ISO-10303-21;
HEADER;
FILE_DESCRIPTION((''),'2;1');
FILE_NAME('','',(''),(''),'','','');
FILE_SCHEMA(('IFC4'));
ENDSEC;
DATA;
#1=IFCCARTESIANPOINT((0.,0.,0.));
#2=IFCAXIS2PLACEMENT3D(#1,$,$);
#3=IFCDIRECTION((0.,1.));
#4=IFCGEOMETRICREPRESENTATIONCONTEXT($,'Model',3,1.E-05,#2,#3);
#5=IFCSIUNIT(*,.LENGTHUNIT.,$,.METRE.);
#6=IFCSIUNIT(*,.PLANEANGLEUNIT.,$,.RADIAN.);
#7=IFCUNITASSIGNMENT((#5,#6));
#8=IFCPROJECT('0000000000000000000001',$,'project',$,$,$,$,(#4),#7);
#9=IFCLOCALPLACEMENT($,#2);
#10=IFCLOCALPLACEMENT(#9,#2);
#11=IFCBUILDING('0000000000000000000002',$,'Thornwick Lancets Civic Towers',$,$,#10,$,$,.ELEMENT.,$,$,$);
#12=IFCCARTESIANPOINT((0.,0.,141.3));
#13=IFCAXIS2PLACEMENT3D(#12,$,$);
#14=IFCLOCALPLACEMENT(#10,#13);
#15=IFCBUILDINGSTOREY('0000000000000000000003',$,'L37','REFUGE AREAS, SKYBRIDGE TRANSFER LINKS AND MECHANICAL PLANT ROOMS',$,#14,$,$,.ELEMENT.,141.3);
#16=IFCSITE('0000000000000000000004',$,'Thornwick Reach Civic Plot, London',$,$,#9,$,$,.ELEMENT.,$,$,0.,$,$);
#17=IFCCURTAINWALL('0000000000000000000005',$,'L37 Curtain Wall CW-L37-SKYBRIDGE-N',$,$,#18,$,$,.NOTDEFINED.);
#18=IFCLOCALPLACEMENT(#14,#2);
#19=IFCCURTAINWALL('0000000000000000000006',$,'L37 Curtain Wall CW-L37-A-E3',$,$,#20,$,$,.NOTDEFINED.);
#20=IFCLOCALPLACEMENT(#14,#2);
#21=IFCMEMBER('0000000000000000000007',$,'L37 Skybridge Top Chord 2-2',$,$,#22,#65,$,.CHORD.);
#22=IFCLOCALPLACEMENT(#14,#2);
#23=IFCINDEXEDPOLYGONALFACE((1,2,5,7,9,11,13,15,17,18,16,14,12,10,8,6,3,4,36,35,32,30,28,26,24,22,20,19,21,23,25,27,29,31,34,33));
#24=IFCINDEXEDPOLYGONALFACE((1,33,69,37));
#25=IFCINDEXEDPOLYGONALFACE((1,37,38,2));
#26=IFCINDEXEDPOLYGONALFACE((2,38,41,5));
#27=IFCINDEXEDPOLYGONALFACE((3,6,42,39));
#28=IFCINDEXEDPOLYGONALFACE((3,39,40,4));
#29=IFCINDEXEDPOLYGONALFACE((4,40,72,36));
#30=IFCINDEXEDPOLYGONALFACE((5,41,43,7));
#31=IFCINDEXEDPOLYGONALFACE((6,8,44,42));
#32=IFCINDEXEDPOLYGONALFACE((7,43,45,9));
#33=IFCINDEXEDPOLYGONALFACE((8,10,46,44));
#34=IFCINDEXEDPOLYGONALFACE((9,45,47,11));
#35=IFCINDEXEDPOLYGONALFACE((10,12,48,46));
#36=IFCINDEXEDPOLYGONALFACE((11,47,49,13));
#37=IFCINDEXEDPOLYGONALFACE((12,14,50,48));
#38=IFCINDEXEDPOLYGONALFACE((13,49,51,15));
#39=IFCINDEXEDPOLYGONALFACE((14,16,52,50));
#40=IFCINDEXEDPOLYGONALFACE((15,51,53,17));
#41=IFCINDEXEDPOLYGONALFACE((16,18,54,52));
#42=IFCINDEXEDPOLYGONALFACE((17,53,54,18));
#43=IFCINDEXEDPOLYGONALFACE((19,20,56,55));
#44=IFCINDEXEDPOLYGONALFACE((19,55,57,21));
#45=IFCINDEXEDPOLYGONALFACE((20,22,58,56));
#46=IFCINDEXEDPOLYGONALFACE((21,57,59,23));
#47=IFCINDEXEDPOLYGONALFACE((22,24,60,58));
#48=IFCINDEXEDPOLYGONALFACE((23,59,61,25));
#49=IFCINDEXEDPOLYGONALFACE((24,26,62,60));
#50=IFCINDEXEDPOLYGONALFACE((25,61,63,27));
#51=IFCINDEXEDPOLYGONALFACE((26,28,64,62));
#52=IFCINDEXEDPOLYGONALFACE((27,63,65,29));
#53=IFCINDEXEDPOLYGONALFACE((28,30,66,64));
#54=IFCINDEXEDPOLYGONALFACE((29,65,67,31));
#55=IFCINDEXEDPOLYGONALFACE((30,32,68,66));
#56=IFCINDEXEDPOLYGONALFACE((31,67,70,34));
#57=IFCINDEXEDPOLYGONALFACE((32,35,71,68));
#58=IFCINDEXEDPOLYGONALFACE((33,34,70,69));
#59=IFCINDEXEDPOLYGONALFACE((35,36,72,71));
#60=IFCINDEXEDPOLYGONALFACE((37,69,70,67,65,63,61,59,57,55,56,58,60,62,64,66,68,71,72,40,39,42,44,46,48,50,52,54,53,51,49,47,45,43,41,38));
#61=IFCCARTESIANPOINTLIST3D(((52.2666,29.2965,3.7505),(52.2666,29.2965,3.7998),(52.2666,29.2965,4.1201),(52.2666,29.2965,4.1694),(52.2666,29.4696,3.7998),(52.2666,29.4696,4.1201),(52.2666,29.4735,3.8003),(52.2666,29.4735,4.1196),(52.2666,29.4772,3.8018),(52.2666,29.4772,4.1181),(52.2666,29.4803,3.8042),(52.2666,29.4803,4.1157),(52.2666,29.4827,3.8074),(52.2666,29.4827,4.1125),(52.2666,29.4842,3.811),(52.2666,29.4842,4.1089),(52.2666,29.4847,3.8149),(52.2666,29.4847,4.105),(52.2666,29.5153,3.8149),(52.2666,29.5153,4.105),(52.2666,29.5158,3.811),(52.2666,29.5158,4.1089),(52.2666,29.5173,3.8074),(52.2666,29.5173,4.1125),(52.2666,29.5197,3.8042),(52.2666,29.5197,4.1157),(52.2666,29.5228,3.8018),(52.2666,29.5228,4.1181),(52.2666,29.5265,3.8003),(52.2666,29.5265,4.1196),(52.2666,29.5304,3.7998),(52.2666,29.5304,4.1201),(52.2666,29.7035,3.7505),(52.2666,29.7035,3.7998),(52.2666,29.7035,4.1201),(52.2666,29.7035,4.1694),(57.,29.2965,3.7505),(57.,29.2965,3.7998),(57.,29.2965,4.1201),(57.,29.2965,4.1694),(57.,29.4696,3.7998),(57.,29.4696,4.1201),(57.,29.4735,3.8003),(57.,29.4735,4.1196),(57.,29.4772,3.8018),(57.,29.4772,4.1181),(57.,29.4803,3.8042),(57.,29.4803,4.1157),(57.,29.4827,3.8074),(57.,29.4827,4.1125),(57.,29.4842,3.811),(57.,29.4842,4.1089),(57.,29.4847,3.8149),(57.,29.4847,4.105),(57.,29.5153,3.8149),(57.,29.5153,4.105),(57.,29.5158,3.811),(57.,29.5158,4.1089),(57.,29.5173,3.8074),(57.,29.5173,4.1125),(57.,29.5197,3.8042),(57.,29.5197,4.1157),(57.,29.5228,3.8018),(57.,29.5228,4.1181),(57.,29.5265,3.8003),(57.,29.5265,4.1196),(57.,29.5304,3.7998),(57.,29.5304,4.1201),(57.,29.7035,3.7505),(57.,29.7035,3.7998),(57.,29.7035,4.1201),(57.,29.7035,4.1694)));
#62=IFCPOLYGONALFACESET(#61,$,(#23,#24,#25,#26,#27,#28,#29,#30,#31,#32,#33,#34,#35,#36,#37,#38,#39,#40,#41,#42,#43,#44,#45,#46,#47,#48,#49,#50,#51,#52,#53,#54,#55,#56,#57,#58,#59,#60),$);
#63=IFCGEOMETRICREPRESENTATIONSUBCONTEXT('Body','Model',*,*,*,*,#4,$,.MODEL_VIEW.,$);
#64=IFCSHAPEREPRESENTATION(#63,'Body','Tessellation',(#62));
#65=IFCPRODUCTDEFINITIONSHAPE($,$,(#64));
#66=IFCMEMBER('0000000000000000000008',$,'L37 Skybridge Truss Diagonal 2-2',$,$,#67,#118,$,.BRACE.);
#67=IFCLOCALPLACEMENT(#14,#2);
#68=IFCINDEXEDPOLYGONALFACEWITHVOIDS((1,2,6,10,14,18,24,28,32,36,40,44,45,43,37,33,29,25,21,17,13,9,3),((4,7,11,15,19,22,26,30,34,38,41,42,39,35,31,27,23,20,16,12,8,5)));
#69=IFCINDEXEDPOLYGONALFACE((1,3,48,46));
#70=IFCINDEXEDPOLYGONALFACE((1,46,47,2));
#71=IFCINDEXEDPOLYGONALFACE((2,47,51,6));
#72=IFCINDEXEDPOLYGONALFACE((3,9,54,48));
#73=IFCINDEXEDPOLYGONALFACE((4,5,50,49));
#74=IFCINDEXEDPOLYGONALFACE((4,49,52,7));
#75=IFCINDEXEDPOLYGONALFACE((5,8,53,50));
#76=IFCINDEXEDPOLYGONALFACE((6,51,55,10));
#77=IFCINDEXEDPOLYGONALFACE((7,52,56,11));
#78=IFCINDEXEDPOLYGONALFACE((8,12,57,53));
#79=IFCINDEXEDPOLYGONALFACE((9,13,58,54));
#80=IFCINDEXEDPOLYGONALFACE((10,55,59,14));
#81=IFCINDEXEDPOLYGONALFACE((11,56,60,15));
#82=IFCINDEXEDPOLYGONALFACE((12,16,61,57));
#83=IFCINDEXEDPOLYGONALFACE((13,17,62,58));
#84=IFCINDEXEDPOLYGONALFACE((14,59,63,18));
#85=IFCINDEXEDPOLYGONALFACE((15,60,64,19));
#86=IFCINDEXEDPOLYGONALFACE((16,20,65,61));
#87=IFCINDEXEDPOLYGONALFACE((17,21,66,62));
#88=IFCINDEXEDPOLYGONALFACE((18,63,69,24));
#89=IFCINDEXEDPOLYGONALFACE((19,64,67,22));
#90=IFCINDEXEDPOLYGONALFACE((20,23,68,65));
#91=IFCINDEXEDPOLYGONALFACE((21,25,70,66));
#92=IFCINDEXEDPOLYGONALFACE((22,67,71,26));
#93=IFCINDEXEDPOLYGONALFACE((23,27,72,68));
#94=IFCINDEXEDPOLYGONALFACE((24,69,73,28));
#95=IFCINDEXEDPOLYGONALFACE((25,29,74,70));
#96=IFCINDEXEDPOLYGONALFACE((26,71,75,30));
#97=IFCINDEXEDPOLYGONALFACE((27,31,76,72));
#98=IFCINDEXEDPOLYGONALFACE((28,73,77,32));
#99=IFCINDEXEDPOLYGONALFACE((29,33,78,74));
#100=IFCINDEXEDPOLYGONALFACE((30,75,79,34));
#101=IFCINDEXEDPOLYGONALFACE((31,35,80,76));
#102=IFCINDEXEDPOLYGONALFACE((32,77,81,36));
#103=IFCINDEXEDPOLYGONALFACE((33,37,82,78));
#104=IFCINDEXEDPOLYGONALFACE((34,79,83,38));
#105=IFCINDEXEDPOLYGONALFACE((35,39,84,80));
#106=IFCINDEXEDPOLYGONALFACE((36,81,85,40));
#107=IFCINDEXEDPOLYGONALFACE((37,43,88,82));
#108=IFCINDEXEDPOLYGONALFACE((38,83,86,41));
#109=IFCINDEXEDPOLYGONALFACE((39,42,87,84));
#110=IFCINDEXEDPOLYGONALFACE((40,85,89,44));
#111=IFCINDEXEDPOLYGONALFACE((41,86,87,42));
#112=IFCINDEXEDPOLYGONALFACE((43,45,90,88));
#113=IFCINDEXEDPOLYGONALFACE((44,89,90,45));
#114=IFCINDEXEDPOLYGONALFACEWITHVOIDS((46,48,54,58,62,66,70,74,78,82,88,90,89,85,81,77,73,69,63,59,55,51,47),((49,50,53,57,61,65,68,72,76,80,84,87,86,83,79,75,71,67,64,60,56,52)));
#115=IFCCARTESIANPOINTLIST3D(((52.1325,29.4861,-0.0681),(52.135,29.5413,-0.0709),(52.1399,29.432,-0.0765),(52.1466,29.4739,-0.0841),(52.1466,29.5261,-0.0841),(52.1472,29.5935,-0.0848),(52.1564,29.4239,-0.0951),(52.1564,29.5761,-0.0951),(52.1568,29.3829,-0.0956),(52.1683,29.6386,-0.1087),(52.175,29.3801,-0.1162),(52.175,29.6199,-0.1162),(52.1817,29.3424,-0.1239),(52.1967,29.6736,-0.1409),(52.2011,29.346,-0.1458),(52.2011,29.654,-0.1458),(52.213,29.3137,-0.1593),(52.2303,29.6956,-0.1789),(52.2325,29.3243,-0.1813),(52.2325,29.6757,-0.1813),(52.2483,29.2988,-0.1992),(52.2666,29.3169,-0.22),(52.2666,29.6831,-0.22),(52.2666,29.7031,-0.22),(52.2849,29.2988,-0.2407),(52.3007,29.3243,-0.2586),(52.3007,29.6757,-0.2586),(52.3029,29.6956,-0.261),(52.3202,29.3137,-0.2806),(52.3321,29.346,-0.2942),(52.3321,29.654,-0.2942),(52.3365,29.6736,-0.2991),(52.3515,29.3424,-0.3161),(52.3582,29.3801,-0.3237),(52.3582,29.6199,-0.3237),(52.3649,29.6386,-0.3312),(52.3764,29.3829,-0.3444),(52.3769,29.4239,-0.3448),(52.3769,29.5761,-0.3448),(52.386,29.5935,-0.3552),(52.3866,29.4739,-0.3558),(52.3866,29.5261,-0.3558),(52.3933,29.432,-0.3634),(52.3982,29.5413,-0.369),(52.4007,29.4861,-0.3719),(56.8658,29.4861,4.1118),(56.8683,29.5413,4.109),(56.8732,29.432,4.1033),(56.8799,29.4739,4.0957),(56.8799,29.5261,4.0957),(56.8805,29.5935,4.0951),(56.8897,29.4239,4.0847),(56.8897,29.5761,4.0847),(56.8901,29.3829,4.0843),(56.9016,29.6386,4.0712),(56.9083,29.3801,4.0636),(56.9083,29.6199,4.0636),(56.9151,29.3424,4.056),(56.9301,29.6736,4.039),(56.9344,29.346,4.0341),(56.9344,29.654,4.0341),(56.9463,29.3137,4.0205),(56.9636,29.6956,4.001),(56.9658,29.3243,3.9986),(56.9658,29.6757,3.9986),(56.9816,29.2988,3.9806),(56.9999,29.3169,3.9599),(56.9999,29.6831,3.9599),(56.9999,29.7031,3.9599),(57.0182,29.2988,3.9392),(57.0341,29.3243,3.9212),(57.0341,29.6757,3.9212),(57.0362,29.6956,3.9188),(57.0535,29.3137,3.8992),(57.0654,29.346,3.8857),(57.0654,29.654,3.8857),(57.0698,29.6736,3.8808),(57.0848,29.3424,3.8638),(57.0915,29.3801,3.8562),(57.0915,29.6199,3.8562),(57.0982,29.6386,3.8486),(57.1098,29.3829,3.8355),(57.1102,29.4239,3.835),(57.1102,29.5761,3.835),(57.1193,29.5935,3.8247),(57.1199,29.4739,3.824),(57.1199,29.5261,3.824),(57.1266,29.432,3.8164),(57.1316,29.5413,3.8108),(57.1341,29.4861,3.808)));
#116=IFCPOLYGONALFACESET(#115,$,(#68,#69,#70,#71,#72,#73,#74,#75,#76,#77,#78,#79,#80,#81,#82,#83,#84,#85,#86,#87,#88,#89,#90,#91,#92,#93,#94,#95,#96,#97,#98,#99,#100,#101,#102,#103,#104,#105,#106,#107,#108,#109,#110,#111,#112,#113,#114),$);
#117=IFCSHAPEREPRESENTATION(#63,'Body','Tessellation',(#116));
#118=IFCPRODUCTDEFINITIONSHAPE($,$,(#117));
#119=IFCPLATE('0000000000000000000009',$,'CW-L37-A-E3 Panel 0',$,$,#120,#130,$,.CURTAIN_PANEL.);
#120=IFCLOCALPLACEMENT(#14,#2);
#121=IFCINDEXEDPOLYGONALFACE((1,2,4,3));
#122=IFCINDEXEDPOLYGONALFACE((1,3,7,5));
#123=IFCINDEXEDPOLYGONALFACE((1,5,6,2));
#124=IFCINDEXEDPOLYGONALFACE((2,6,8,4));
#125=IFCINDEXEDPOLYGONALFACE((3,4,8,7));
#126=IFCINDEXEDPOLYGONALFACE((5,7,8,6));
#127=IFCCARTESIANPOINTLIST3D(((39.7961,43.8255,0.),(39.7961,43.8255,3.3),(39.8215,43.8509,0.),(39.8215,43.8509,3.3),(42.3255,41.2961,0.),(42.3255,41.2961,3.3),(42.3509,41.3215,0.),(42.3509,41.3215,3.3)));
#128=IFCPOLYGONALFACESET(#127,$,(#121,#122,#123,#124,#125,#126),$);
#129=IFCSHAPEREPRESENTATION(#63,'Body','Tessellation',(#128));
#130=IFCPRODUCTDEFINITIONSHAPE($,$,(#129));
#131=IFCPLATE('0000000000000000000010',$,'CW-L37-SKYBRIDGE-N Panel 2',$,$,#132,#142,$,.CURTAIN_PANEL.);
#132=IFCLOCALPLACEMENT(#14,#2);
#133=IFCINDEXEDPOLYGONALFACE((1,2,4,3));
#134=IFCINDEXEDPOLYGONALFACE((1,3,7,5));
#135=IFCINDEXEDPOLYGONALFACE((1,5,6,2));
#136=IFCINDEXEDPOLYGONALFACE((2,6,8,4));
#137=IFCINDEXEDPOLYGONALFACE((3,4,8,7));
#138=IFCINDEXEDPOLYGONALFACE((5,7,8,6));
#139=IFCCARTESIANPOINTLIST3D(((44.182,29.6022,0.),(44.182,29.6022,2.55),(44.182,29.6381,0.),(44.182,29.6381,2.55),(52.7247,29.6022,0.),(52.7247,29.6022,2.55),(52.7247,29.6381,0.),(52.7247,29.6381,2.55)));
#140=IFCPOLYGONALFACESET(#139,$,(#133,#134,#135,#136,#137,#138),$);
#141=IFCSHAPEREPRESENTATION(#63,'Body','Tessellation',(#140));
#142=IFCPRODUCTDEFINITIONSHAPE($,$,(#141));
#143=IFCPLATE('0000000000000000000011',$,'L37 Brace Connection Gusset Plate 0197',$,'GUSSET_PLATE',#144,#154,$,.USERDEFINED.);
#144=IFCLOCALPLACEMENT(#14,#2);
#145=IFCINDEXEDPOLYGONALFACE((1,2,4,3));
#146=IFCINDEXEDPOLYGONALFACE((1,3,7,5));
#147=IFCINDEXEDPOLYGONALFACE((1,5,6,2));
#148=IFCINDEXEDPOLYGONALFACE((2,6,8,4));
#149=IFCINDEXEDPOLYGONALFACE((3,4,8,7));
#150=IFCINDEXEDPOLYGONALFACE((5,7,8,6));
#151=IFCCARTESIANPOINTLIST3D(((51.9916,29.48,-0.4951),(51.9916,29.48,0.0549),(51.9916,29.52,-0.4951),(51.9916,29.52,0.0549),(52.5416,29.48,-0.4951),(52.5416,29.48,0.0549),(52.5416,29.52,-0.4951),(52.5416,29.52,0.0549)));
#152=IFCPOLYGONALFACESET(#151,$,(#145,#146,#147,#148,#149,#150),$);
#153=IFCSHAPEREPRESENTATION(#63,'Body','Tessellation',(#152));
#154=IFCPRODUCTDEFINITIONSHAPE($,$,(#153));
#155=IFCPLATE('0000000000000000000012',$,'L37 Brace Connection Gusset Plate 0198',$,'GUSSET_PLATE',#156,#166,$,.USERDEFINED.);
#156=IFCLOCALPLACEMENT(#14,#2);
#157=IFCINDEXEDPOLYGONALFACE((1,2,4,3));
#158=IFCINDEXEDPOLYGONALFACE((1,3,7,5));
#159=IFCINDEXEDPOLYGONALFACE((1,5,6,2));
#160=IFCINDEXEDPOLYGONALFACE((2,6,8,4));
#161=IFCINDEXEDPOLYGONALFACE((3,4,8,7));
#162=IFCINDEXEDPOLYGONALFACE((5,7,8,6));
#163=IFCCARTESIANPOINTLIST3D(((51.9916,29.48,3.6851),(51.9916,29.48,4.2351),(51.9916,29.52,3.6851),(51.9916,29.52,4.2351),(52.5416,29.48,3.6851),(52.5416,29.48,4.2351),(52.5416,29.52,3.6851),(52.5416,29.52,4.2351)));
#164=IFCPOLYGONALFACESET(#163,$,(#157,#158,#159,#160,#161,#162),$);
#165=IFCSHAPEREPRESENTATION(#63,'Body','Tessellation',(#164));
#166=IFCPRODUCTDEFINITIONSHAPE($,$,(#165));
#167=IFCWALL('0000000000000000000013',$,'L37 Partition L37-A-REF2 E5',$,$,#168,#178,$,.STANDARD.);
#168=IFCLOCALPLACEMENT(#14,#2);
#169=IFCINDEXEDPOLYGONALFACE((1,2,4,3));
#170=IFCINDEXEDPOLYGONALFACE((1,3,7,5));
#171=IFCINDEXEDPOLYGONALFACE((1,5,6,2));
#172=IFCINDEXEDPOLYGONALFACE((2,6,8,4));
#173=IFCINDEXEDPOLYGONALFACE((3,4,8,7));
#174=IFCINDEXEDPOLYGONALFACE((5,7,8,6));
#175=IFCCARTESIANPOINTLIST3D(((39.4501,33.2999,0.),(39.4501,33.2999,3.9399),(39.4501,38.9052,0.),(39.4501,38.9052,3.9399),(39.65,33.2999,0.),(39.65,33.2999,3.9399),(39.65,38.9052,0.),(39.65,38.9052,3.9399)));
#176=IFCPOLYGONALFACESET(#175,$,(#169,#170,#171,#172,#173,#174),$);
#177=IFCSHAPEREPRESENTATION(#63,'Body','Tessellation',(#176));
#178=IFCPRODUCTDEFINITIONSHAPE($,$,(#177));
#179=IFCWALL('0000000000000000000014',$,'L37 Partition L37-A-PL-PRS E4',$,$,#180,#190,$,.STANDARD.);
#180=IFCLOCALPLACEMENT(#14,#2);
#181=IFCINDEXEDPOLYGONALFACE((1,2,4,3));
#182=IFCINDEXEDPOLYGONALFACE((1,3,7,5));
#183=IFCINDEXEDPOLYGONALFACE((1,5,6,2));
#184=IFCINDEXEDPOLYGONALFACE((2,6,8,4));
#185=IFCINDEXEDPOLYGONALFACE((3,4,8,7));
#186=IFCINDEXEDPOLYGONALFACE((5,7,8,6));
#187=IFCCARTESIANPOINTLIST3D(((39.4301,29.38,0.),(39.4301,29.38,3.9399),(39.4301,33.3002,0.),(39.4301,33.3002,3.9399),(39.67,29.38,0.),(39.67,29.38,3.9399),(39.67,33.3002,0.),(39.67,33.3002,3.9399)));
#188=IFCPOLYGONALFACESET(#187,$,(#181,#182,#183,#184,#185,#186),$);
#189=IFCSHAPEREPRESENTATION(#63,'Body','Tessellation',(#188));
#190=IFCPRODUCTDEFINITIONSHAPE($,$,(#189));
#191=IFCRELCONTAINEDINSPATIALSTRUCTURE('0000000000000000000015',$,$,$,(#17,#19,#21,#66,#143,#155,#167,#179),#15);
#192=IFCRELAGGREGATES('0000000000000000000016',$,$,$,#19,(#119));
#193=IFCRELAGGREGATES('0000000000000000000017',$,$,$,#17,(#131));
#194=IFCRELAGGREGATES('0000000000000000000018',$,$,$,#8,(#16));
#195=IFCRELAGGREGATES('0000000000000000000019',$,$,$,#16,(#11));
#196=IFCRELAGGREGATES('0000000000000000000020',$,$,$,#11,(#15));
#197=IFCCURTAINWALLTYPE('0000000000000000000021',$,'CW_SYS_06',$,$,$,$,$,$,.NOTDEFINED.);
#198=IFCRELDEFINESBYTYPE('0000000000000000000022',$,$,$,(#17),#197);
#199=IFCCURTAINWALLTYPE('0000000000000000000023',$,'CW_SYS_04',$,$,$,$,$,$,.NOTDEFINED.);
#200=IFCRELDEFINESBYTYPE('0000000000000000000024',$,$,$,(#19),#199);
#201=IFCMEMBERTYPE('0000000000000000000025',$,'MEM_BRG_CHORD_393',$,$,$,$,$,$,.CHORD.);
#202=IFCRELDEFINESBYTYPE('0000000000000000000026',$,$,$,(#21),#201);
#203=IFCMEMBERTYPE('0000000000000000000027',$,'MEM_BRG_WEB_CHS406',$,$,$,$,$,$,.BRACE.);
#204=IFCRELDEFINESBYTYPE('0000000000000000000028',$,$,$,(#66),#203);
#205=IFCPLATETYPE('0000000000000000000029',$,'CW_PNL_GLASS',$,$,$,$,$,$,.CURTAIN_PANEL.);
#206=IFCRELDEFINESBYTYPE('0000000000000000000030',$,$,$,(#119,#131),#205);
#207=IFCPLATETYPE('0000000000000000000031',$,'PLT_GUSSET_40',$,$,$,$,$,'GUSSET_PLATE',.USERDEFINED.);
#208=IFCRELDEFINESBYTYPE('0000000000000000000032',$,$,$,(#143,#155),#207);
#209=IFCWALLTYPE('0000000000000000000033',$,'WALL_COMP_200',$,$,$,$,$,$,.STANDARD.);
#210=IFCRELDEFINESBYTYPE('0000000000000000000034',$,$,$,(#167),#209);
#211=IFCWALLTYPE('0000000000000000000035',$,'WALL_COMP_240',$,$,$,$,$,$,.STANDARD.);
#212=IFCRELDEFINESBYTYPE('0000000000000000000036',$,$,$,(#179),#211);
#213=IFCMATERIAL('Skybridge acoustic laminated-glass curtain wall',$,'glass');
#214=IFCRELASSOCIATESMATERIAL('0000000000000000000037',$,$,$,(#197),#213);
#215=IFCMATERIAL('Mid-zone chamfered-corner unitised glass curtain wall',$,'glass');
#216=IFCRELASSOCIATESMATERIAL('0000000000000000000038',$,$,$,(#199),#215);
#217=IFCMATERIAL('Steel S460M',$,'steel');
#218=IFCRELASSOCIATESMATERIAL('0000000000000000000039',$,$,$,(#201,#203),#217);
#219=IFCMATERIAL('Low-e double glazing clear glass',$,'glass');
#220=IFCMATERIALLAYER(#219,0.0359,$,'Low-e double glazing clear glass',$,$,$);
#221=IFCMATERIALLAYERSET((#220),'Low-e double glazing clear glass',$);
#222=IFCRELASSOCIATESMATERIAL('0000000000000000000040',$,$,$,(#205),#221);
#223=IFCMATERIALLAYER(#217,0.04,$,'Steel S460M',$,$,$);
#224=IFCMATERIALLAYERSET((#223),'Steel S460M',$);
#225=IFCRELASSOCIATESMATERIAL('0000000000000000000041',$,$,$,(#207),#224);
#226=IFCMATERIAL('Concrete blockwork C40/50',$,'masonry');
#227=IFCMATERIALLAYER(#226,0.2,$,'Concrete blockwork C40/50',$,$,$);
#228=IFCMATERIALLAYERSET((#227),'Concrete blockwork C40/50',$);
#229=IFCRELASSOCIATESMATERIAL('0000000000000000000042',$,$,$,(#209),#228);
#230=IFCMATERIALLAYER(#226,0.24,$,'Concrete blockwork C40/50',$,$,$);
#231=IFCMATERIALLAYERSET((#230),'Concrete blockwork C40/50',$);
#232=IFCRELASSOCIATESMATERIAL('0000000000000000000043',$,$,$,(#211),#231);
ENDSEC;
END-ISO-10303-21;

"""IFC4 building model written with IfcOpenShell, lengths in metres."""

from ifc_helpers import new_model, si_unit, direction, frame, frame_2d, origin, origin_2d, place, context, subcontext, project, spatial, rectangle, hollow_circle, i_section, extrude, material, layer, layer_set, material_profile, profile_set, type_object, element, aggregate, save


model = new_model("IFC4")

# Units and contexts
model_context = context("Model", 3, precision=1e-05, world=origin(), true_north=direction((0.0, 1.0)))
body_context = subcontext(model_context, "Body", "Model", "MODEL_VIEW")
ifc_project = project(units=[si_unit("LENGTHUNIT", "METRE"), si_unit("PLANEANGLEUNIT", "RADIAN")], contexts=[model_context])

# Site, building, storey
site_placement = place(None, origin())
site = spatial("IfcSite", under=ifc_project, at=site_placement, Name="Thornwick Reach Civic Plot, London", CompositionType="ELEMENT", RefElevation=0.0)
building_placement = place(site_placement, origin())
building = spatial("IfcBuilding", under=site, at=building_placement, Name="Thornwick Lancets Civic Towers", CompositionType="ELEMENT")
storey_placement = place(building_placement, frame((0.0, 0.0, 141.3)))
storey = spatial("IfcBuildingStorey", under=building, at=storey_placement, Name="L37", Description="REFUGE AREAS, SKYBRIDGE TRANSFER LINKS AND MECHANICAL PLANT ROOMS", CompositionType="ELEMENT", Elevation=141.3)

# Shared definitions
ifc_material_1 = material(Name="Steel S460M", Category="steel")

# Curtain walls
ifc_material_2 = material(Name="Skybridge acoustic laminated-glass curtain wall", Category="glass")
curtain_wall_type_1 = type_object("IfcCurtainWallType", Name="CW_SYS_06", PredefinedType="NOTDEFINED", material=ifc_material_2)
curtain_wall_1_placement = place(storey_placement, origin())
curtain_wall_1 = element("IfcCurtainWall", 1, at=curtain_wall_1_placement, inside=storey, type_object=curtain_wall_type_1, Name="L37 Curtain Wall CW-L37-SKYBRIDGE-N", PredefinedType="NOTDEFINED")
ifc_material_3 = material(Name="Mid-zone chamfered-corner unitised glass curtain wall", Category="glass")
curtain_wall_type_2 = type_object("IfcCurtainWallType", Name="CW_SYS_04", PredefinedType="NOTDEFINED", material=ifc_material_3)
curtain_wall_2_placement = place(storey_placement, origin())
curtain_wall_2 = element("IfcCurtainWall", 2, at=curtain_wall_2_placement, inside=storey, type_object=curtain_wall_type_2, Name="L37 Curtain Wall CW-L37-A-E3", PredefinedType="NOTDEFINED")

# Members
ifc_material_profile_1 = material_profile(ifc_material_1, i_section(OverallWidth=0.407, OverallDepth=0.4189, WebThickness=0.0305, FlangeThickness=0.0493, FilletRadius=0.0151, at=origin_2d()), Name="UKC 356x406x393")
ifc_profile_set_1 = profile_set([ifc_material_profile_1], Name="Steel S460M")
member_type_1 = type_object("IfcMemberType", Name="MEM_BRG_CHORD_393", PredefinedType="CHORD", material=ifc_profile_set_1)
member_1_placement = place(storey_placement, frame((52.2666, 29.5, 3.96), z_axis=(1.0, 0.0, 0.0), x_axis=(0.0, 1.0, 0.0)))
element("IfcMember", 3, at=member_1_placement, inside=storey, type_object=member_type_1, Name="L37 Skybridge Top Chord 2-2", PredefinedType="CHORD", context=body_context, shape_type="SweptSolid", body=[
    extrude(i_section(OverallWidth=0.407, OverallDepth=0.4189, WebThickness=0.0305, FlangeThickness=0.0493, FilletRadius=0.0151, at=origin_2d()), origin(), (0.0, 0.0, 1.0), 4.7334),
])
ifc_material_profile_2 = material_profile(ifc_material_1, hollow_circle(Radius=0.2031, WallThickness=0.02, at=origin_2d()), Name="CHS 406.4x20")
ifc_profile_set_2 = profile_set([ifc_material_profile_2], Name="Steel S460M")
member_type_2 = type_object("IfcMemberType", Name="MEM_BRG_WEB_CHS406", PredefinedType="BRACE", material=ifc_profile_set_2)
member_2_placement = place(storey_placement, frame((52.2666, 29.5, -0.22), z_axis=(0.74957, 0.0, 0.661925), x_axis=(0.0, 1.0, 0.0)))
element("IfcMember", 4, at=member_2_placement, inside=storey, type_object=member_type_2, Name="L37 Skybridge Truss Diagonal 2-2", PredefinedType="BRACE", context=body_context, shape_type="SweptSolid", body=[
    extrude(hollow_circle(Radius=0.2031, WallThickness=0.02, at=origin_2d()), origin(), (0.0, 0.0, 1.0), 6.3147),
])

# Plates
ifc_material_4 = material(Name="Low-e double glazing clear glass", Category="glass")
ifc_layer_1 = layer(ifc_material_4, 0.0359, Name="Low-e double glazing clear glass")
ifc_layer_set_1 = layer_set([ifc_layer_1], Name="Low-e double glazing clear glass")
plate_type_1 = type_object("IfcPlateType", Name="CW_PNL_GLASS", PredefinedType="CURTAIN_PANEL", material=ifc_layer_set_1)
plate_1_placement = place(storey_placement, frame((41.0735, 42.5735, 0.0), z_axis=(0.0, 0.0, 1.0), x_axis=(-0.707107, 0.707107, 0.0)))
plate_1 = element("IfcPlate", 5, at=plate_1_placement, type_object=plate_type_1, Name="CW-L37-A-E3 Panel 0", PredefinedType="CURTAIN_PANEL", context=body_context, shape_type="SweptSolid", body=[
    extrude(rectangle(XDim=3.5771, YDim=0.0359, at=origin_2d()), origin(), (0.0, 0.0, 1.0), 3.3),
])
aggregate(curtain_wall_2, [plate_1])
plate_2_placement = place(storey_placement, frame((48.4534, 29.6201, 0.0), z_axis=(0.0, 0.0, 1.0), x_axis=(-1.0, 0.0, 0.0)))
plate_2 = element("IfcPlate", 6, at=plate_2_placement, type_object=plate_type_1, Name="CW-L37-SKYBRIDGE-N Panel 2", PredefinedType="CURTAIN_PANEL", context=body_context, shape_type="SweptSolid", body=[
    extrude(rectangle(XDim=8.5427, YDim=0.0359, at=origin_2d()), origin(), (0.0, 0.0, 1.0), 2.55),
])
aggregate(curtain_wall_1, [plate_2])

# Plates
ifc_layer_2 = layer(ifc_material_1, 0.04, Name="Steel S460M")
ifc_layer_set_2 = layer_set([ifc_layer_2], Name="Steel S460M")
plate_type_2 = type_object("IfcPlateType", Name="PLT_GUSSET_40", ElementType="GUSSET_PLATE", PredefinedType="USERDEFINED", material=ifc_layer_set_2)
for number, where, z_axis, x_axis, name in (
    (7, (52.2666, 29.5, -0.4951), (0.0, 0.0, 1.0), (1.0, 0.0, 0.0), "L37 Brace Connection Gusset Plate 0197"),
    (8, (52.2666, 29.5, 3.6851), (0.0, 0.0, 1.0), (1.0, 0.0, 0.0), "L37 Brace Connection Gusset Plate 0198"),
):
    element("IfcPlate", number, at=place(storey_placement, frame(where, z_axis=z_axis, x_axis=x_axis)), inside=storey, type_object=plate_type_2, Name=name, ObjectType="GUSSET_PLATE", PredefinedType="USERDEFINED", context=body_context, shape_type="SweptSolid", body=[
        extrude(rectangle(XDim=0.55, YDim=0.04, at=origin_2d()), origin(), (0.0, 0.0, 1.0), 0.55),
    ])

# Walls
ifc_material_5 = material(Name="Concrete blockwork C40/50", Category="masonry")
ifc_layer_3 = layer(ifc_material_5, 0.2, Name="Concrete blockwork C40/50")
ifc_layer_set_3 = layer_set([ifc_layer_3], Name="Concrete blockwork C40/50")
wall_type_1 = type_object("IfcWallType", Name="WALL_COMP_200", PredefinedType="STANDARD", material=ifc_layer_set_3)
wall_1_placement = place(storey_placement, frame((39.55, 38.9053, 0.0), z_axis=(0.0, 0.0, 1.0), x_axis=(0.0, -1.0, 0.0)))
element("IfcWall", 9, at=wall_1_placement, inside=storey, type_object=wall_type_1, Name="L37 Partition L37-A-REF2 E5", PredefinedType="STANDARD", context=body_context, shape_type="SweptSolid", body=[
    extrude(rectangle(XDim=5.6052, YDim=0.2, at=frame_2d((2.8027, 0.0))), origin(), (0.0, 0.0, 1.0), 3.9399),
])
ifc_layer_4 = layer(ifc_material_5, 0.24, Name="Concrete blockwork C40/50")
ifc_layer_set_4 = layer_set([ifc_layer_4], Name="Concrete blockwork C40/50")
wall_type_2 = type_object("IfcWallType", Name="WALL_COMP_240", PredefinedType="STANDARD", material=ifc_layer_set_4)
wall_2_placement = place(storey_placement, frame((39.55, 33.3, 0.0), z_axis=(0.0, 0.0, 1.0), x_axis=(0.0, -1.0, 0.0)))
element("IfcWall", 10, at=wall_2_placement, inside=storey, type_object=wall_type_2, Name="L37 Partition L37-A-PL-PRS E4", PredefinedType="STANDARD", context=body_context, shape_type="SweptSolid", body=[
    extrude(rectangle(XDim=3.9202, YDim=0.24, at=frame_2d((1.96, 0.0))), origin(), (0.0, 0.0, 1.0), 3.9399),
])

save(model, "model.ifc")
